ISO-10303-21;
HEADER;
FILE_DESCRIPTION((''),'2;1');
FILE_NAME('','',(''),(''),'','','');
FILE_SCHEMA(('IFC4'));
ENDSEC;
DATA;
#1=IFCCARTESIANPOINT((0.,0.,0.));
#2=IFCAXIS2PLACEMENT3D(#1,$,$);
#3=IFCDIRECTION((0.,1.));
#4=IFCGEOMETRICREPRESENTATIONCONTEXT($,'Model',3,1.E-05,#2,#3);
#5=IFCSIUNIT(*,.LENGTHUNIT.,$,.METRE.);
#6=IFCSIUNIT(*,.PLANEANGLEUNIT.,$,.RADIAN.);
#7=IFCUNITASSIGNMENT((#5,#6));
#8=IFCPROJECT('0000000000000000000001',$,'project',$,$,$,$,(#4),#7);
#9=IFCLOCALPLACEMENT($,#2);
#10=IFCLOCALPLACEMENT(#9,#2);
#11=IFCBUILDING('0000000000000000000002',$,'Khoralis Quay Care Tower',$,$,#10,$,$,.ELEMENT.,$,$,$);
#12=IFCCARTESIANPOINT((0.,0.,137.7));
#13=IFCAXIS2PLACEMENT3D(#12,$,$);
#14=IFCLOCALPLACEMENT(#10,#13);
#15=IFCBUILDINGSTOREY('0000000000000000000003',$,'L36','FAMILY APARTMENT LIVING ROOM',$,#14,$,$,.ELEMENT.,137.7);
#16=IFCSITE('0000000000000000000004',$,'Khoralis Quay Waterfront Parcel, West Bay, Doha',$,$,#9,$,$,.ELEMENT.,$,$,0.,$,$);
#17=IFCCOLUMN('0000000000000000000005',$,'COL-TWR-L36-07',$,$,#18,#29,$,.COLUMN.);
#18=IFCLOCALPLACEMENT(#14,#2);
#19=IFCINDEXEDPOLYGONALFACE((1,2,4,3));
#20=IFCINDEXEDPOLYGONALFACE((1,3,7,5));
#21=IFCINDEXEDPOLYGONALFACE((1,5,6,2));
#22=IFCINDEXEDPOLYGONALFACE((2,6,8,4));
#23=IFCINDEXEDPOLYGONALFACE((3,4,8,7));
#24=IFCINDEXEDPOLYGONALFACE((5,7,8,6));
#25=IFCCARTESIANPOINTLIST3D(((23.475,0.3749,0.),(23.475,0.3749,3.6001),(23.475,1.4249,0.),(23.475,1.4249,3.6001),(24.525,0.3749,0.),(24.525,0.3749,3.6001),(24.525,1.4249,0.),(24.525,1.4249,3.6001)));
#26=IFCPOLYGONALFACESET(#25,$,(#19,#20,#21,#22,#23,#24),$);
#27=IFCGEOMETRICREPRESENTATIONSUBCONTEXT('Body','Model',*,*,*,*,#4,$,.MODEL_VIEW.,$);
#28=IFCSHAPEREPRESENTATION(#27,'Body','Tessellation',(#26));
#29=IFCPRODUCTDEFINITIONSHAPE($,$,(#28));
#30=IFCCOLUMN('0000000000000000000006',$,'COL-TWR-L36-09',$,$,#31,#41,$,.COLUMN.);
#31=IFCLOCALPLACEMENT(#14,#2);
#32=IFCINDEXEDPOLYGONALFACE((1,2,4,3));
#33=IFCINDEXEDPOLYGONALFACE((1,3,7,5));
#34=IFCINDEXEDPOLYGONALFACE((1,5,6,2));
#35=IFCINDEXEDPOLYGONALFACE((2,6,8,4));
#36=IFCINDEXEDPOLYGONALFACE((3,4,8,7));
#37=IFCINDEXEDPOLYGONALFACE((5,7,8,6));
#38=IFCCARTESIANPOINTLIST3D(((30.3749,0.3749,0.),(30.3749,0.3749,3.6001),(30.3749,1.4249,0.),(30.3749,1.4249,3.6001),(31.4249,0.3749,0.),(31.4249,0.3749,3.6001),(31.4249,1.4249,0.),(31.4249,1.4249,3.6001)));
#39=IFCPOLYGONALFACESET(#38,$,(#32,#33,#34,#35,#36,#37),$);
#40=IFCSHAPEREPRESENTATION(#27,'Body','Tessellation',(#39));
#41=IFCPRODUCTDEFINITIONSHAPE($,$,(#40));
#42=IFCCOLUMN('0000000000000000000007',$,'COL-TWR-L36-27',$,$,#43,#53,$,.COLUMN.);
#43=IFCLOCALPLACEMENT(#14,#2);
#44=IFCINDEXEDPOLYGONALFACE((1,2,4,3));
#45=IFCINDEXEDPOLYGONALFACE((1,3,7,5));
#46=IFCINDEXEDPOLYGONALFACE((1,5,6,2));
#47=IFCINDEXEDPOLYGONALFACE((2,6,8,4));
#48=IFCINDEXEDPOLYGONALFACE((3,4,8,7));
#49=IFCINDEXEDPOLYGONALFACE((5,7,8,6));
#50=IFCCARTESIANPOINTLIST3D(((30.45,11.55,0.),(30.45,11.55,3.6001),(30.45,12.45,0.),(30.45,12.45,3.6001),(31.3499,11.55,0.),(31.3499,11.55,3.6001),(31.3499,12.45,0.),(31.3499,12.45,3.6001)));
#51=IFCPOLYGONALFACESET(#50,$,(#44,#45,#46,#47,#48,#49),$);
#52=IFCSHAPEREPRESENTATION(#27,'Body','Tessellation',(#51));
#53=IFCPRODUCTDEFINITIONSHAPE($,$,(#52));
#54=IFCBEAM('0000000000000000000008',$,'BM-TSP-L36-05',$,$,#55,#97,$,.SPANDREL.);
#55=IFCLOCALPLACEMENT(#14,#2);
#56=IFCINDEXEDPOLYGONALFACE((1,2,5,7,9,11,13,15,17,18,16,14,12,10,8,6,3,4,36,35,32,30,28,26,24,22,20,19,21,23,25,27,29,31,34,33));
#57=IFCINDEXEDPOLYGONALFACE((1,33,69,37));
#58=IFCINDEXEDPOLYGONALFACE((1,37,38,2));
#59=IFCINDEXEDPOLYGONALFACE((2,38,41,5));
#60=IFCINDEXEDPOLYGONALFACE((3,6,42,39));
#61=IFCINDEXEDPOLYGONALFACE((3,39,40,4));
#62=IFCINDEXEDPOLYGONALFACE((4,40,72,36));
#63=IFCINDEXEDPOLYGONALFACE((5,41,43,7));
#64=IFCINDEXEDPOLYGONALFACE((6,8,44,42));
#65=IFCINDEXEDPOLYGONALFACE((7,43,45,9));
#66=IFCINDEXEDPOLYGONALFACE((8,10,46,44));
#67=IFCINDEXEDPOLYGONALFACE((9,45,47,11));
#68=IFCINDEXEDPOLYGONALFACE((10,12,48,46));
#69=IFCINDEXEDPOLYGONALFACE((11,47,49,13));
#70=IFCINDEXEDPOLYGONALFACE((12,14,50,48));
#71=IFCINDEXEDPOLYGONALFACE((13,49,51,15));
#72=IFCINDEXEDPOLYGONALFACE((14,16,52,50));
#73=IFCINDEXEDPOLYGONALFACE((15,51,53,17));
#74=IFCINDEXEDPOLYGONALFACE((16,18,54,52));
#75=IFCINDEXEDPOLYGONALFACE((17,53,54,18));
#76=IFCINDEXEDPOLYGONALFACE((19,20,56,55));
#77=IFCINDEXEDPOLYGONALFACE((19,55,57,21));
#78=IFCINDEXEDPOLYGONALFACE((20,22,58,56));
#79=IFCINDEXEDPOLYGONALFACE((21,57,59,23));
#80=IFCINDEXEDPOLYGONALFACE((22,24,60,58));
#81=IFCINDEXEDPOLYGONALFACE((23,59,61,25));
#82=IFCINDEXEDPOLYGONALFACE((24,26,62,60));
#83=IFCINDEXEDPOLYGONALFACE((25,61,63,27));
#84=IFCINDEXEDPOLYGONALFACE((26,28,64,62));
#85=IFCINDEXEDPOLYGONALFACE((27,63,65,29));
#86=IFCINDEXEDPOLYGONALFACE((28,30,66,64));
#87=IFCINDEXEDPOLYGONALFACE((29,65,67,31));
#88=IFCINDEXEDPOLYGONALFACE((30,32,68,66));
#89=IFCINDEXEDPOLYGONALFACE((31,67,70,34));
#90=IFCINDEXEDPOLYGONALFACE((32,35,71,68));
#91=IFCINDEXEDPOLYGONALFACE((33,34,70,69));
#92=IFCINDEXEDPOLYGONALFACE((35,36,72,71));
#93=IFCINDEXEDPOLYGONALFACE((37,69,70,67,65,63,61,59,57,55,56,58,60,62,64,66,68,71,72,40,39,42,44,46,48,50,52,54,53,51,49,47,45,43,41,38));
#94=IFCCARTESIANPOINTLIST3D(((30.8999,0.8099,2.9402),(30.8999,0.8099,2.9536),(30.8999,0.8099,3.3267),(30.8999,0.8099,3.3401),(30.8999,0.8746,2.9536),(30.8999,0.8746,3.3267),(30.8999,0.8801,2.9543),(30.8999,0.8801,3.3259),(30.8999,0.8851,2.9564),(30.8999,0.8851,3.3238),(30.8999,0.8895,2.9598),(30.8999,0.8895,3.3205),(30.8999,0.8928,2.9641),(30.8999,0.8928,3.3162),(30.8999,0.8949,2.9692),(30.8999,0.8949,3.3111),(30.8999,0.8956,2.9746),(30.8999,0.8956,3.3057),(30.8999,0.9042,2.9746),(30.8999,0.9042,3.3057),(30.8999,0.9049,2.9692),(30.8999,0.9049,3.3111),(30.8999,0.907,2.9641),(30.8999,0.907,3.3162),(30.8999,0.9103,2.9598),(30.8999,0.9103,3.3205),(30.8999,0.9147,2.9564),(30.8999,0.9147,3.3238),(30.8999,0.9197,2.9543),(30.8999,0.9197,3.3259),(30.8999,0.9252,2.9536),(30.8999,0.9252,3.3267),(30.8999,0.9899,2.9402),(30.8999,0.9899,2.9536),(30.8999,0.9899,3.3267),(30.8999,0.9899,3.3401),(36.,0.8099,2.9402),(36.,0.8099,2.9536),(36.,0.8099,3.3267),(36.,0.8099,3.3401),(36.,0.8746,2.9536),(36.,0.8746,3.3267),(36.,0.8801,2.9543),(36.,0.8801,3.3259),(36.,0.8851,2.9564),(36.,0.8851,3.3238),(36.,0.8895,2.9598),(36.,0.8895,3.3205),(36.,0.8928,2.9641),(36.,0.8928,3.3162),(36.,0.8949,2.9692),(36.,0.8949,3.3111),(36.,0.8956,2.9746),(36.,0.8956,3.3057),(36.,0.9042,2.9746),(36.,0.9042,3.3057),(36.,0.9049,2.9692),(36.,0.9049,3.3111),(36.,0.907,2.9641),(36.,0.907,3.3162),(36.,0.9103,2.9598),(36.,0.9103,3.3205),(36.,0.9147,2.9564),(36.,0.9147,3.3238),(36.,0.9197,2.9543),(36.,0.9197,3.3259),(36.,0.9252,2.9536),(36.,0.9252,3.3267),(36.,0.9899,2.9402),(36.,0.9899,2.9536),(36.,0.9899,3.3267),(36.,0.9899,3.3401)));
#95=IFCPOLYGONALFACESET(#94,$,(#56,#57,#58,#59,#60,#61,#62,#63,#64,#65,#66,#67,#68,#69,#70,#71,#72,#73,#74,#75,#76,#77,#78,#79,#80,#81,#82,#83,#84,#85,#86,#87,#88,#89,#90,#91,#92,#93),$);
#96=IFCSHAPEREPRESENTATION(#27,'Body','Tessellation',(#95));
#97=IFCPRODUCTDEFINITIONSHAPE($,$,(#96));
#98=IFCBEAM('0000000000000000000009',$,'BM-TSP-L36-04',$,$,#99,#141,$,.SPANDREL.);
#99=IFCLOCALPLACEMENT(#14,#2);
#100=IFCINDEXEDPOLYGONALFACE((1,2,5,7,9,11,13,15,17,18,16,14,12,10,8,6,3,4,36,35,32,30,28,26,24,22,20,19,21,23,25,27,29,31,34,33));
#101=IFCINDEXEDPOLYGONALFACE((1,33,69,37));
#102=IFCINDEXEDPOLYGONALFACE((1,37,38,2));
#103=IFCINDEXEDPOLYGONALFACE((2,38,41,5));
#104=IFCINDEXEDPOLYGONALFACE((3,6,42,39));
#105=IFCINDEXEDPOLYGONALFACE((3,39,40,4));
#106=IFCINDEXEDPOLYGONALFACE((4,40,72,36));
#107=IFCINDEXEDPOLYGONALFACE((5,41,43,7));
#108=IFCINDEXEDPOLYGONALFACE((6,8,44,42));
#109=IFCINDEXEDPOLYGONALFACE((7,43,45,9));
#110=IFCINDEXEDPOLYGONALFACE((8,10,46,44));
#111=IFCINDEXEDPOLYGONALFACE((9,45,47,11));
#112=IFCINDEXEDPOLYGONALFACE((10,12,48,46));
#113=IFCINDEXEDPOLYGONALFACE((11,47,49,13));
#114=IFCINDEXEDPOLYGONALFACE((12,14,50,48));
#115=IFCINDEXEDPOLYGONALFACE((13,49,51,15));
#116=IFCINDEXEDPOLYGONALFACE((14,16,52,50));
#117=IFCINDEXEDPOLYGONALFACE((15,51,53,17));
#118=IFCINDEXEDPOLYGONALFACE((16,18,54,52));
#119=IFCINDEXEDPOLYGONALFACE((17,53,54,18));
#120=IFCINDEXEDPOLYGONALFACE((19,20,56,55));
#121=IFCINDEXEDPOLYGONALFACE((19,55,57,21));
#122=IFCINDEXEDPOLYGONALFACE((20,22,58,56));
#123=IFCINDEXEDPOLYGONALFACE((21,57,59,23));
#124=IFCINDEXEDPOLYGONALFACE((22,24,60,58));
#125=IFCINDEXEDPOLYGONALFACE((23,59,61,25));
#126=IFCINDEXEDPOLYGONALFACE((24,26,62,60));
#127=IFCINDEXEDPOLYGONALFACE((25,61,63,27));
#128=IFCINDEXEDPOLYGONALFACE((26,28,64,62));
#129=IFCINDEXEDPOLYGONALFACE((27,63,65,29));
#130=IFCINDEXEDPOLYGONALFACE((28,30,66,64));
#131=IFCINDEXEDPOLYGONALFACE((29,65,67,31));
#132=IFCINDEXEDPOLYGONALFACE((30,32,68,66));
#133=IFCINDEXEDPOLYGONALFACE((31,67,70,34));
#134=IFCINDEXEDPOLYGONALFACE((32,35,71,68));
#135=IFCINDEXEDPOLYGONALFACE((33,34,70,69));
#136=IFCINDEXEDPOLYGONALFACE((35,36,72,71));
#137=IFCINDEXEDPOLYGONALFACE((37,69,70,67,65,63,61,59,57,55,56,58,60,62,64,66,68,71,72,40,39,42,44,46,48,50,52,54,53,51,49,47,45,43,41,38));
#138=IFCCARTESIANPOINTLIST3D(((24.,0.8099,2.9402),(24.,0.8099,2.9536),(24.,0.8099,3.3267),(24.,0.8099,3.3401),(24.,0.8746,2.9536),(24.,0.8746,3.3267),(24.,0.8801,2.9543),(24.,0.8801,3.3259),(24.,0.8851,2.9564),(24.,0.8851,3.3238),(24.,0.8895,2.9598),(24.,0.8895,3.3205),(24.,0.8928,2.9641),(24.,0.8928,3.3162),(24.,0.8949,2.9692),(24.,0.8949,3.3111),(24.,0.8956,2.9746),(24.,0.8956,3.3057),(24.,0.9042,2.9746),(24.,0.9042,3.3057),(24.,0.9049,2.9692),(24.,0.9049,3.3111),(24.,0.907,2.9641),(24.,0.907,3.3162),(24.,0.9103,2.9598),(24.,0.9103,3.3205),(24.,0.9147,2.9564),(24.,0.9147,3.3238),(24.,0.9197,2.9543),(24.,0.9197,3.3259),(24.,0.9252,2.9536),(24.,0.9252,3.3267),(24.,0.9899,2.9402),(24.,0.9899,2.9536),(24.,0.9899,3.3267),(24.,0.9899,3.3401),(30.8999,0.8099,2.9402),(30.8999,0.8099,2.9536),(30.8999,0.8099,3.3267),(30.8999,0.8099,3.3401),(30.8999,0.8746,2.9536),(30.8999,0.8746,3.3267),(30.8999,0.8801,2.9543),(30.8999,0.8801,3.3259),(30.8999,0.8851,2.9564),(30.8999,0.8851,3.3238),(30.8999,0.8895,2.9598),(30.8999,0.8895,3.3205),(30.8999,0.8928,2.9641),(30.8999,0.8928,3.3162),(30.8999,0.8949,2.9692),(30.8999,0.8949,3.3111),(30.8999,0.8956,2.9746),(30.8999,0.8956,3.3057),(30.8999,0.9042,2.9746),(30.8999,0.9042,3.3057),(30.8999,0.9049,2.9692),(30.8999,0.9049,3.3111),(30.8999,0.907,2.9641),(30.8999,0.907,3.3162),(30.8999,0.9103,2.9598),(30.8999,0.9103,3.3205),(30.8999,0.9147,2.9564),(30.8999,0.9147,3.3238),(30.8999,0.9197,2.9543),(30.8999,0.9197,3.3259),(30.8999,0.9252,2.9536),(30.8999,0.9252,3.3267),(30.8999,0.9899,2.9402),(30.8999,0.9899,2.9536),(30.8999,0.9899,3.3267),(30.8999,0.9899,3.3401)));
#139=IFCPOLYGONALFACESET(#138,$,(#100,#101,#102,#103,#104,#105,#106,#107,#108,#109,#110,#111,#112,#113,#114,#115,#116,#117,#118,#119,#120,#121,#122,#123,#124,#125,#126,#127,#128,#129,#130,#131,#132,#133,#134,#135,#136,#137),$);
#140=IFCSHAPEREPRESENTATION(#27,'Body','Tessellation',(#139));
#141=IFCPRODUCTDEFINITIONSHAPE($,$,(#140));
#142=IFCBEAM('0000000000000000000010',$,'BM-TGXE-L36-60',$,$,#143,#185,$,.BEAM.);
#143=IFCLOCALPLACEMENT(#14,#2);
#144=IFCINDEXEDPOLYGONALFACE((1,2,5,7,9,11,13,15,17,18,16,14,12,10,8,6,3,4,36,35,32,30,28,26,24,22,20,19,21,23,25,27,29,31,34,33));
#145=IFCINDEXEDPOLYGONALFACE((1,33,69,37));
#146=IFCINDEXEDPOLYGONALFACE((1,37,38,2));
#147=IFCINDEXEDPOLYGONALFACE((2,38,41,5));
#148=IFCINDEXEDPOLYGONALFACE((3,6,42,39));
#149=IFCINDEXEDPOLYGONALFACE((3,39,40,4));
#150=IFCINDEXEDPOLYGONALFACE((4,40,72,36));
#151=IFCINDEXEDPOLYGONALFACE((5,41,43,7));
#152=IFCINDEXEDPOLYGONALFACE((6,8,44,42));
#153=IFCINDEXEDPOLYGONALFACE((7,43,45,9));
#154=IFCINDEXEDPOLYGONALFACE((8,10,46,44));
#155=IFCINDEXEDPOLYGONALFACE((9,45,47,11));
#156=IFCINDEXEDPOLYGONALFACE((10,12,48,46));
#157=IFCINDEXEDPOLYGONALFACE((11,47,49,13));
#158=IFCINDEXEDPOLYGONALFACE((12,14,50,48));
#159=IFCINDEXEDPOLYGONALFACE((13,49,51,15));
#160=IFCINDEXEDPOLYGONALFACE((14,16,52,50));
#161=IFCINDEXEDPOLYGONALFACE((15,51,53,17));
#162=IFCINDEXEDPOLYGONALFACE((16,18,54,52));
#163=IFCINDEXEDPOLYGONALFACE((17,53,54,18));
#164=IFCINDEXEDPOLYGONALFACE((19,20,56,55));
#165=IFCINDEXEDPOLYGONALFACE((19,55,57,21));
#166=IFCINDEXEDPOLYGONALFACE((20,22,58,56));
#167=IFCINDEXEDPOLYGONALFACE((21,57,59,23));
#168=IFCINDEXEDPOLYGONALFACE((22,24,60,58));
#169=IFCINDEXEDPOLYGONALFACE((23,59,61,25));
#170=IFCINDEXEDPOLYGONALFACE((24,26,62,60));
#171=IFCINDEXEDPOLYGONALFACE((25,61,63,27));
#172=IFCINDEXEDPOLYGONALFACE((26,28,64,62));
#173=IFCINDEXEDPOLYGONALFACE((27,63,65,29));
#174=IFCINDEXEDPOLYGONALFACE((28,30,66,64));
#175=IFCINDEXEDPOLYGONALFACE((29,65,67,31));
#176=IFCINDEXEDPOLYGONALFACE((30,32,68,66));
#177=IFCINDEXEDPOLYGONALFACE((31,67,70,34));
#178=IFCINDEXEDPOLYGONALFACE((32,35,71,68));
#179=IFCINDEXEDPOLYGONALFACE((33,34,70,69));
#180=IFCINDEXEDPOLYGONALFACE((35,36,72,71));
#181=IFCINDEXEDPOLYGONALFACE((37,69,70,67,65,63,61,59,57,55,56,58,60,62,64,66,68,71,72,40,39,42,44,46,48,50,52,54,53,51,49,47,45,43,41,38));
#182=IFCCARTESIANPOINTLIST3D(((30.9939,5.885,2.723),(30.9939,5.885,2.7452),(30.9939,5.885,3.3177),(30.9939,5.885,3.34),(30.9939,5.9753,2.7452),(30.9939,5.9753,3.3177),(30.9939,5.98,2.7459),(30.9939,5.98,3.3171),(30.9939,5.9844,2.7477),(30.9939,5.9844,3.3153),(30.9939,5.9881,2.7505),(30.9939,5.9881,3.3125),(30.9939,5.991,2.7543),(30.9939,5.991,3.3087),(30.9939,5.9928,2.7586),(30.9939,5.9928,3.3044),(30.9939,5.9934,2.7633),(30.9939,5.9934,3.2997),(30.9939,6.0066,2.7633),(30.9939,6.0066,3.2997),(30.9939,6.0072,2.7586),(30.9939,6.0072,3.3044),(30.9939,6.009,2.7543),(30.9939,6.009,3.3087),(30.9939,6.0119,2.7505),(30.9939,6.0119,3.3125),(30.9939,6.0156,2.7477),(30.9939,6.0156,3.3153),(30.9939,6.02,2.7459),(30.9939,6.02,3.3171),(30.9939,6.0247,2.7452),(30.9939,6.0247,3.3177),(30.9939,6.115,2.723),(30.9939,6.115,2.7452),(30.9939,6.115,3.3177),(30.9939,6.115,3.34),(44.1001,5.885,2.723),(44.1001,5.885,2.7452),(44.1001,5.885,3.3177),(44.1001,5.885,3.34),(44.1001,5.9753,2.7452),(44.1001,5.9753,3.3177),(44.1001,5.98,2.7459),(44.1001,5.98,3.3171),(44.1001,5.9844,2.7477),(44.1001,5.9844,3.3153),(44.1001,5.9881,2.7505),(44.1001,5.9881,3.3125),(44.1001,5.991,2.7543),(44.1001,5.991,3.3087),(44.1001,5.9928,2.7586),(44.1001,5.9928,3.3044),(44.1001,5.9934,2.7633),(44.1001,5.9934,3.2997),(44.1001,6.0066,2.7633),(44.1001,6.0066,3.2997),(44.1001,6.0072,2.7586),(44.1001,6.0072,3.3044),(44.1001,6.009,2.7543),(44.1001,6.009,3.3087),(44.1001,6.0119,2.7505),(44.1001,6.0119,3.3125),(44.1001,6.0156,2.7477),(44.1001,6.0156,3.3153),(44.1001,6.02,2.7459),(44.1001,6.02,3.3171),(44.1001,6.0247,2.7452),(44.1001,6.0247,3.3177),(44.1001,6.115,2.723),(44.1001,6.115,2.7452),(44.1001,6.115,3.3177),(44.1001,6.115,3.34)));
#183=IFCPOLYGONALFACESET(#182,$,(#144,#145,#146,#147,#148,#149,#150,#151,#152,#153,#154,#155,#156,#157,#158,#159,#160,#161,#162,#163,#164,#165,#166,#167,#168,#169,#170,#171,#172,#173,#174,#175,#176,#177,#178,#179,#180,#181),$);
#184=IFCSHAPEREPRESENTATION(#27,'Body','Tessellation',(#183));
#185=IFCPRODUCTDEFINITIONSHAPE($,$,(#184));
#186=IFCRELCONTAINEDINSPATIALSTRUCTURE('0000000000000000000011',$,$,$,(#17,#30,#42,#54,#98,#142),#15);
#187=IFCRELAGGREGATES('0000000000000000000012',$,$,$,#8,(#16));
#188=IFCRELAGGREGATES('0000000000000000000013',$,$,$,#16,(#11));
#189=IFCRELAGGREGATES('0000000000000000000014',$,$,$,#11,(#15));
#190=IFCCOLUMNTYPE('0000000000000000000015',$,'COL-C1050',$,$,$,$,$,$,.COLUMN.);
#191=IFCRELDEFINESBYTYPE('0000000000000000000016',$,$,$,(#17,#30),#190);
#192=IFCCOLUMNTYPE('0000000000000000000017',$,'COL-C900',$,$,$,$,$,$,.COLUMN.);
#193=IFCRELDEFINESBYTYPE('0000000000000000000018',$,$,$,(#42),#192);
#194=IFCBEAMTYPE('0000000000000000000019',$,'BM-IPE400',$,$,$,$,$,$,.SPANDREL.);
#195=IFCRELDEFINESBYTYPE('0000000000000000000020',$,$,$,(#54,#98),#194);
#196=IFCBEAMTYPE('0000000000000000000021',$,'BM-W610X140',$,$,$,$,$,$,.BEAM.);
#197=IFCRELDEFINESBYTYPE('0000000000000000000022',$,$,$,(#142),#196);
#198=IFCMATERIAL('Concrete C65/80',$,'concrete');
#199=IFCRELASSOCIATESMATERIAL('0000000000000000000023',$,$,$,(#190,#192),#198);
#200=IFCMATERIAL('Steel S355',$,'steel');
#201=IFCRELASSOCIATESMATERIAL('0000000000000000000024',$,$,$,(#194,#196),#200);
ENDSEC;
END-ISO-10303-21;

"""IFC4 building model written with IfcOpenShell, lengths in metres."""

from ifc_helpers import new_model, si_unit, direction, frame, origin, origin_2d, place, context, subcontext, project, spatial, rectangle, i_section, extrude, source, transform, mapped, material, material_profile, profile_set, type_object, element, save


model = new_model("IFC4")

# Units and contexts
model_context = context("Model", 3, precision=1e-05, world=origin(), true_north=direction((0.0, 1.0)))
body_context = subcontext(model_context, "Body", "Model", "MODEL_VIEW")
ifc_project = project(units=[si_unit("LENGTHUNIT", "METRE"), si_unit("PLANEANGLEUNIT", "RADIAN")], contexts=[model_context])

# Site, building, storey
site_placement = place(None, origin())
site = spatial("IfcSite", under=ifc_project, at=site_placement, Name="Khoralis Quay Waterfront Parcel, West Bay, Doha", CompositionType="ELEMENT", RefElevation=0.0)
building_placement = place(site_placement, origin())
building = spatial("IfcBuilding", under=site, at=building_placement, Name="Khoralis Quay Care Tower", CompositionType="ELEMENT")
storey_placement = place(building_placement, frame((0.0, 0.0, 137.7)))
storey = spatial("IfcBuildingStorey", under=building, at=storey_placement, Name="L36", Description="FAMILY APARTMENT LIVING ROOM", CompositionType="ELEMENT", Elevation=137.7)

# Columns
ifc_material_1 = material(Name="Concrete C65/80", Category="concrete")
ifc_material_profile_1 = material_profile(ifc_material_1, rectangle(XDim=1.05, YDim=1.05, at=origin_2d()), Name="Concrete C65/80")
ifc_profile_set_1 = profile_set([ifc_material_profile_1], Name="Concrete C65/80")
column_type_1 = type_object("IfcColumnType", Name="COL-C1050", PredefinedType="COLUMN", material=ifc_profile_set_1)
shared_shape_1 = source(origin(), body_context, "Body", "SweptSolid", [
    extrude(rectangle(XDim=1.05, YDim=1.05, at=origin_2d()), origin(), (0.0, 0.0, 1.0), 3.6001),
])
for number, where, z_axis, x_axis, name in (
    (1, (24.0, 0.8999, 0.0), (0.0, 0.0, 1.0), (1.0, 0.0, 0.0), "COL-TWR-L36-07"),
    (2, (30.8999, 0.8999, 0.0), (0.0, 0.0, 1.0), (1.0, 0.0, 0.0), "COL-TWR-L36-09"),
):
    element("IfcColumn", number, at=place(storey_placement, frame(where, z_axis=z_axis, x_axis=x_axis)), inside=storey, type_object=column_type_1, Name=name, PredefinedType="COLUMN", context=body_context, shape_type="MappedRepresentation", body=[
        mapped(shared_shape_1, transform((0.0, 0.0, 0.0), scale=1.0)),
    ])
ifc_material_profile_2 = material_profile(ifc_material_1, rectangle(XDim=0.8999, YDim=0.8999, at=origin_2d()), Name="Concrete C65/80")
ifc_profile_set_2 = profile_set([ifc_material_profile_2], Name="Concrete C65/80")
column_type_2 = type_object("IfcColumnType", Name="COL-C900", PredefinedType="COLUMN", material=ifc_profile_set_2)
shared_shape_2 = source(origin(), body_context, "Body", "SweptSolid", [
    extrude(rectangle(XDim=0.8999, YDim=0.8999, at=origin_2d()), origin(), (0.0, 0.0, 1.0), 3.6001),
])
column_placement = place(storey_placement, frame((30.8999, 12.0, 0.0), z_axis=(0.0, 0.0, 1.0), x_axis=(1.0, 0.0, 0.0)))
element("IfcColumn", 3, at=column_placement, inside=storey, type_object=column_type_2, Name="COL-TWR-L36-27", PredefinedType="COLUMN", context=body_context, shape_type="MappedRepresentation", body=[
    mapped(shared_shape_2, transform((0.0, 0.0, 0.0), scale=1.0)),
])

# Beams
ifc_material_2 = material(Name="Steel S355", Category="steel")
ifc_material_profile_3 = material_profile(ifc_material_2, i_section(OverallWidth=0.1799, OverallDepth=0.3999, WebThickness=0.0085, FlangeThickness=0.0134, FilletRadius=0.021, at=origin_2d()), Name="Steel S355")
ifc_profile_set_3 = profile_set([ifc_material_profile_3], Name="Steel S355")
beam_type_1 = type_object("IfcBeamType", Name="BM-IPE400", PredefinedType="SPANDREL", material=ifc_profile_set_3)
shared_shape_3 = source(origin(), body_context, "Body", "SweptSolid", [
    extrude(i_section(OverallWidth=0.1799, OverallDepth=0.3999, WebThickness=0.0085, FlangeThickness=0.0134, FilletRadius=0.021, at=origin_2d()), origin(), (0.0, 0.0, 1.0), 5.1001),
])
beam_1_placement = place(storey_placement, frame((30.8999, 0.8999, 3.1401), z_axis=(1.0, 0.0, 0.0), x_axis=(0.0, 1.0, 0.0)))
element("IfcBeam", 4, at=beam_1_placement, inside=storey, type_object=beam_type_1, Name="BM-TSP-L36-05", PredefinedType="SPANDREL", context=body_context, shape_type="MappedRepresentation", body=[
    mapped(shared_shape_3, transform((0.0, 0.0, 0.0), scale=1.0)),
])
shared_shape_4 = source(origin(), body_context, "Body", "SweptSolid", [
    extrude(i_section(OverallWidth=0.1799, OverallDepth=0.3999, WebThickness=0.0085, FlangeThickness=0.0134, FilletRadius=0.021, at=origin_2d()), origin(), (0.0, 0.0, 1.0), 6.8999),
])
beam_2_placement = place(storey_placement, frame((24.0, 0.8999, 3.1401), z_axis=(1.0, 0.0, 0.0), x_axis=(0.0, 1.0, 0.0)))
element("IfcBeam", 5, at=beam_2_placement, inside=storey, type_object=beam_type_1, Name="BM-TSP-L36-04", PredefinedType="SPANDREL", context=body_context, shape_type="MappedRepresentation", body=[
    mapped(shared_shape_4, transform((0.0, 0.0, 0.0), scale=1.0)),
])
ifc_material_profile_4 = material_profile(ifc_material_2, i_section(OverallWidth=0.23, OverallDepth=0.6169, WebThickness=0.0132, FlangeThickness=0.0222, FilletRadius=0.0181, at=origin_2d()), Name="Steel S355")
ifc_profile_set_4 = profile_set([ifc_material_profile_4], Name="Steel S355")
beam_type_2 = type_object("IfcBeamType", Name="BM-W610X140", PredefinedType="BEAM", material=ifc_profile_set_4)
shared_shape_5 = source(origin(), body_context, "Body", "SweptSolid", [
    extrude(i_section(OverallWidth=0.23, OverallDepth=0.6169, WebThickness=0.0132, FlangeThickness=0.0222, FilletRadius=0.0181, at=origin_2d()), origin(), (0.0, 0.0, 1.0), 13.1062),
])
beam_3_placement = place(storey_placement, frame((30.9939, 6.0, 3.0315), z_axis=(1.0, 0.0, 0.0), x_axis=(0.0, 1.0, 0.0)))
element("IfcBeam", 6, at=beam_3_placement, inside=storey, type_object=beam_type_2, Name="BM-TGXE-L36-60", PredefinedType="BEAM", context=body_context, shape_type="MappedRepresentation", body=[
    mapped(shared_shape_5, transform((0.0, 0.0, 0.0), scale=1.0)),
])

save(model, "model.ifc")
